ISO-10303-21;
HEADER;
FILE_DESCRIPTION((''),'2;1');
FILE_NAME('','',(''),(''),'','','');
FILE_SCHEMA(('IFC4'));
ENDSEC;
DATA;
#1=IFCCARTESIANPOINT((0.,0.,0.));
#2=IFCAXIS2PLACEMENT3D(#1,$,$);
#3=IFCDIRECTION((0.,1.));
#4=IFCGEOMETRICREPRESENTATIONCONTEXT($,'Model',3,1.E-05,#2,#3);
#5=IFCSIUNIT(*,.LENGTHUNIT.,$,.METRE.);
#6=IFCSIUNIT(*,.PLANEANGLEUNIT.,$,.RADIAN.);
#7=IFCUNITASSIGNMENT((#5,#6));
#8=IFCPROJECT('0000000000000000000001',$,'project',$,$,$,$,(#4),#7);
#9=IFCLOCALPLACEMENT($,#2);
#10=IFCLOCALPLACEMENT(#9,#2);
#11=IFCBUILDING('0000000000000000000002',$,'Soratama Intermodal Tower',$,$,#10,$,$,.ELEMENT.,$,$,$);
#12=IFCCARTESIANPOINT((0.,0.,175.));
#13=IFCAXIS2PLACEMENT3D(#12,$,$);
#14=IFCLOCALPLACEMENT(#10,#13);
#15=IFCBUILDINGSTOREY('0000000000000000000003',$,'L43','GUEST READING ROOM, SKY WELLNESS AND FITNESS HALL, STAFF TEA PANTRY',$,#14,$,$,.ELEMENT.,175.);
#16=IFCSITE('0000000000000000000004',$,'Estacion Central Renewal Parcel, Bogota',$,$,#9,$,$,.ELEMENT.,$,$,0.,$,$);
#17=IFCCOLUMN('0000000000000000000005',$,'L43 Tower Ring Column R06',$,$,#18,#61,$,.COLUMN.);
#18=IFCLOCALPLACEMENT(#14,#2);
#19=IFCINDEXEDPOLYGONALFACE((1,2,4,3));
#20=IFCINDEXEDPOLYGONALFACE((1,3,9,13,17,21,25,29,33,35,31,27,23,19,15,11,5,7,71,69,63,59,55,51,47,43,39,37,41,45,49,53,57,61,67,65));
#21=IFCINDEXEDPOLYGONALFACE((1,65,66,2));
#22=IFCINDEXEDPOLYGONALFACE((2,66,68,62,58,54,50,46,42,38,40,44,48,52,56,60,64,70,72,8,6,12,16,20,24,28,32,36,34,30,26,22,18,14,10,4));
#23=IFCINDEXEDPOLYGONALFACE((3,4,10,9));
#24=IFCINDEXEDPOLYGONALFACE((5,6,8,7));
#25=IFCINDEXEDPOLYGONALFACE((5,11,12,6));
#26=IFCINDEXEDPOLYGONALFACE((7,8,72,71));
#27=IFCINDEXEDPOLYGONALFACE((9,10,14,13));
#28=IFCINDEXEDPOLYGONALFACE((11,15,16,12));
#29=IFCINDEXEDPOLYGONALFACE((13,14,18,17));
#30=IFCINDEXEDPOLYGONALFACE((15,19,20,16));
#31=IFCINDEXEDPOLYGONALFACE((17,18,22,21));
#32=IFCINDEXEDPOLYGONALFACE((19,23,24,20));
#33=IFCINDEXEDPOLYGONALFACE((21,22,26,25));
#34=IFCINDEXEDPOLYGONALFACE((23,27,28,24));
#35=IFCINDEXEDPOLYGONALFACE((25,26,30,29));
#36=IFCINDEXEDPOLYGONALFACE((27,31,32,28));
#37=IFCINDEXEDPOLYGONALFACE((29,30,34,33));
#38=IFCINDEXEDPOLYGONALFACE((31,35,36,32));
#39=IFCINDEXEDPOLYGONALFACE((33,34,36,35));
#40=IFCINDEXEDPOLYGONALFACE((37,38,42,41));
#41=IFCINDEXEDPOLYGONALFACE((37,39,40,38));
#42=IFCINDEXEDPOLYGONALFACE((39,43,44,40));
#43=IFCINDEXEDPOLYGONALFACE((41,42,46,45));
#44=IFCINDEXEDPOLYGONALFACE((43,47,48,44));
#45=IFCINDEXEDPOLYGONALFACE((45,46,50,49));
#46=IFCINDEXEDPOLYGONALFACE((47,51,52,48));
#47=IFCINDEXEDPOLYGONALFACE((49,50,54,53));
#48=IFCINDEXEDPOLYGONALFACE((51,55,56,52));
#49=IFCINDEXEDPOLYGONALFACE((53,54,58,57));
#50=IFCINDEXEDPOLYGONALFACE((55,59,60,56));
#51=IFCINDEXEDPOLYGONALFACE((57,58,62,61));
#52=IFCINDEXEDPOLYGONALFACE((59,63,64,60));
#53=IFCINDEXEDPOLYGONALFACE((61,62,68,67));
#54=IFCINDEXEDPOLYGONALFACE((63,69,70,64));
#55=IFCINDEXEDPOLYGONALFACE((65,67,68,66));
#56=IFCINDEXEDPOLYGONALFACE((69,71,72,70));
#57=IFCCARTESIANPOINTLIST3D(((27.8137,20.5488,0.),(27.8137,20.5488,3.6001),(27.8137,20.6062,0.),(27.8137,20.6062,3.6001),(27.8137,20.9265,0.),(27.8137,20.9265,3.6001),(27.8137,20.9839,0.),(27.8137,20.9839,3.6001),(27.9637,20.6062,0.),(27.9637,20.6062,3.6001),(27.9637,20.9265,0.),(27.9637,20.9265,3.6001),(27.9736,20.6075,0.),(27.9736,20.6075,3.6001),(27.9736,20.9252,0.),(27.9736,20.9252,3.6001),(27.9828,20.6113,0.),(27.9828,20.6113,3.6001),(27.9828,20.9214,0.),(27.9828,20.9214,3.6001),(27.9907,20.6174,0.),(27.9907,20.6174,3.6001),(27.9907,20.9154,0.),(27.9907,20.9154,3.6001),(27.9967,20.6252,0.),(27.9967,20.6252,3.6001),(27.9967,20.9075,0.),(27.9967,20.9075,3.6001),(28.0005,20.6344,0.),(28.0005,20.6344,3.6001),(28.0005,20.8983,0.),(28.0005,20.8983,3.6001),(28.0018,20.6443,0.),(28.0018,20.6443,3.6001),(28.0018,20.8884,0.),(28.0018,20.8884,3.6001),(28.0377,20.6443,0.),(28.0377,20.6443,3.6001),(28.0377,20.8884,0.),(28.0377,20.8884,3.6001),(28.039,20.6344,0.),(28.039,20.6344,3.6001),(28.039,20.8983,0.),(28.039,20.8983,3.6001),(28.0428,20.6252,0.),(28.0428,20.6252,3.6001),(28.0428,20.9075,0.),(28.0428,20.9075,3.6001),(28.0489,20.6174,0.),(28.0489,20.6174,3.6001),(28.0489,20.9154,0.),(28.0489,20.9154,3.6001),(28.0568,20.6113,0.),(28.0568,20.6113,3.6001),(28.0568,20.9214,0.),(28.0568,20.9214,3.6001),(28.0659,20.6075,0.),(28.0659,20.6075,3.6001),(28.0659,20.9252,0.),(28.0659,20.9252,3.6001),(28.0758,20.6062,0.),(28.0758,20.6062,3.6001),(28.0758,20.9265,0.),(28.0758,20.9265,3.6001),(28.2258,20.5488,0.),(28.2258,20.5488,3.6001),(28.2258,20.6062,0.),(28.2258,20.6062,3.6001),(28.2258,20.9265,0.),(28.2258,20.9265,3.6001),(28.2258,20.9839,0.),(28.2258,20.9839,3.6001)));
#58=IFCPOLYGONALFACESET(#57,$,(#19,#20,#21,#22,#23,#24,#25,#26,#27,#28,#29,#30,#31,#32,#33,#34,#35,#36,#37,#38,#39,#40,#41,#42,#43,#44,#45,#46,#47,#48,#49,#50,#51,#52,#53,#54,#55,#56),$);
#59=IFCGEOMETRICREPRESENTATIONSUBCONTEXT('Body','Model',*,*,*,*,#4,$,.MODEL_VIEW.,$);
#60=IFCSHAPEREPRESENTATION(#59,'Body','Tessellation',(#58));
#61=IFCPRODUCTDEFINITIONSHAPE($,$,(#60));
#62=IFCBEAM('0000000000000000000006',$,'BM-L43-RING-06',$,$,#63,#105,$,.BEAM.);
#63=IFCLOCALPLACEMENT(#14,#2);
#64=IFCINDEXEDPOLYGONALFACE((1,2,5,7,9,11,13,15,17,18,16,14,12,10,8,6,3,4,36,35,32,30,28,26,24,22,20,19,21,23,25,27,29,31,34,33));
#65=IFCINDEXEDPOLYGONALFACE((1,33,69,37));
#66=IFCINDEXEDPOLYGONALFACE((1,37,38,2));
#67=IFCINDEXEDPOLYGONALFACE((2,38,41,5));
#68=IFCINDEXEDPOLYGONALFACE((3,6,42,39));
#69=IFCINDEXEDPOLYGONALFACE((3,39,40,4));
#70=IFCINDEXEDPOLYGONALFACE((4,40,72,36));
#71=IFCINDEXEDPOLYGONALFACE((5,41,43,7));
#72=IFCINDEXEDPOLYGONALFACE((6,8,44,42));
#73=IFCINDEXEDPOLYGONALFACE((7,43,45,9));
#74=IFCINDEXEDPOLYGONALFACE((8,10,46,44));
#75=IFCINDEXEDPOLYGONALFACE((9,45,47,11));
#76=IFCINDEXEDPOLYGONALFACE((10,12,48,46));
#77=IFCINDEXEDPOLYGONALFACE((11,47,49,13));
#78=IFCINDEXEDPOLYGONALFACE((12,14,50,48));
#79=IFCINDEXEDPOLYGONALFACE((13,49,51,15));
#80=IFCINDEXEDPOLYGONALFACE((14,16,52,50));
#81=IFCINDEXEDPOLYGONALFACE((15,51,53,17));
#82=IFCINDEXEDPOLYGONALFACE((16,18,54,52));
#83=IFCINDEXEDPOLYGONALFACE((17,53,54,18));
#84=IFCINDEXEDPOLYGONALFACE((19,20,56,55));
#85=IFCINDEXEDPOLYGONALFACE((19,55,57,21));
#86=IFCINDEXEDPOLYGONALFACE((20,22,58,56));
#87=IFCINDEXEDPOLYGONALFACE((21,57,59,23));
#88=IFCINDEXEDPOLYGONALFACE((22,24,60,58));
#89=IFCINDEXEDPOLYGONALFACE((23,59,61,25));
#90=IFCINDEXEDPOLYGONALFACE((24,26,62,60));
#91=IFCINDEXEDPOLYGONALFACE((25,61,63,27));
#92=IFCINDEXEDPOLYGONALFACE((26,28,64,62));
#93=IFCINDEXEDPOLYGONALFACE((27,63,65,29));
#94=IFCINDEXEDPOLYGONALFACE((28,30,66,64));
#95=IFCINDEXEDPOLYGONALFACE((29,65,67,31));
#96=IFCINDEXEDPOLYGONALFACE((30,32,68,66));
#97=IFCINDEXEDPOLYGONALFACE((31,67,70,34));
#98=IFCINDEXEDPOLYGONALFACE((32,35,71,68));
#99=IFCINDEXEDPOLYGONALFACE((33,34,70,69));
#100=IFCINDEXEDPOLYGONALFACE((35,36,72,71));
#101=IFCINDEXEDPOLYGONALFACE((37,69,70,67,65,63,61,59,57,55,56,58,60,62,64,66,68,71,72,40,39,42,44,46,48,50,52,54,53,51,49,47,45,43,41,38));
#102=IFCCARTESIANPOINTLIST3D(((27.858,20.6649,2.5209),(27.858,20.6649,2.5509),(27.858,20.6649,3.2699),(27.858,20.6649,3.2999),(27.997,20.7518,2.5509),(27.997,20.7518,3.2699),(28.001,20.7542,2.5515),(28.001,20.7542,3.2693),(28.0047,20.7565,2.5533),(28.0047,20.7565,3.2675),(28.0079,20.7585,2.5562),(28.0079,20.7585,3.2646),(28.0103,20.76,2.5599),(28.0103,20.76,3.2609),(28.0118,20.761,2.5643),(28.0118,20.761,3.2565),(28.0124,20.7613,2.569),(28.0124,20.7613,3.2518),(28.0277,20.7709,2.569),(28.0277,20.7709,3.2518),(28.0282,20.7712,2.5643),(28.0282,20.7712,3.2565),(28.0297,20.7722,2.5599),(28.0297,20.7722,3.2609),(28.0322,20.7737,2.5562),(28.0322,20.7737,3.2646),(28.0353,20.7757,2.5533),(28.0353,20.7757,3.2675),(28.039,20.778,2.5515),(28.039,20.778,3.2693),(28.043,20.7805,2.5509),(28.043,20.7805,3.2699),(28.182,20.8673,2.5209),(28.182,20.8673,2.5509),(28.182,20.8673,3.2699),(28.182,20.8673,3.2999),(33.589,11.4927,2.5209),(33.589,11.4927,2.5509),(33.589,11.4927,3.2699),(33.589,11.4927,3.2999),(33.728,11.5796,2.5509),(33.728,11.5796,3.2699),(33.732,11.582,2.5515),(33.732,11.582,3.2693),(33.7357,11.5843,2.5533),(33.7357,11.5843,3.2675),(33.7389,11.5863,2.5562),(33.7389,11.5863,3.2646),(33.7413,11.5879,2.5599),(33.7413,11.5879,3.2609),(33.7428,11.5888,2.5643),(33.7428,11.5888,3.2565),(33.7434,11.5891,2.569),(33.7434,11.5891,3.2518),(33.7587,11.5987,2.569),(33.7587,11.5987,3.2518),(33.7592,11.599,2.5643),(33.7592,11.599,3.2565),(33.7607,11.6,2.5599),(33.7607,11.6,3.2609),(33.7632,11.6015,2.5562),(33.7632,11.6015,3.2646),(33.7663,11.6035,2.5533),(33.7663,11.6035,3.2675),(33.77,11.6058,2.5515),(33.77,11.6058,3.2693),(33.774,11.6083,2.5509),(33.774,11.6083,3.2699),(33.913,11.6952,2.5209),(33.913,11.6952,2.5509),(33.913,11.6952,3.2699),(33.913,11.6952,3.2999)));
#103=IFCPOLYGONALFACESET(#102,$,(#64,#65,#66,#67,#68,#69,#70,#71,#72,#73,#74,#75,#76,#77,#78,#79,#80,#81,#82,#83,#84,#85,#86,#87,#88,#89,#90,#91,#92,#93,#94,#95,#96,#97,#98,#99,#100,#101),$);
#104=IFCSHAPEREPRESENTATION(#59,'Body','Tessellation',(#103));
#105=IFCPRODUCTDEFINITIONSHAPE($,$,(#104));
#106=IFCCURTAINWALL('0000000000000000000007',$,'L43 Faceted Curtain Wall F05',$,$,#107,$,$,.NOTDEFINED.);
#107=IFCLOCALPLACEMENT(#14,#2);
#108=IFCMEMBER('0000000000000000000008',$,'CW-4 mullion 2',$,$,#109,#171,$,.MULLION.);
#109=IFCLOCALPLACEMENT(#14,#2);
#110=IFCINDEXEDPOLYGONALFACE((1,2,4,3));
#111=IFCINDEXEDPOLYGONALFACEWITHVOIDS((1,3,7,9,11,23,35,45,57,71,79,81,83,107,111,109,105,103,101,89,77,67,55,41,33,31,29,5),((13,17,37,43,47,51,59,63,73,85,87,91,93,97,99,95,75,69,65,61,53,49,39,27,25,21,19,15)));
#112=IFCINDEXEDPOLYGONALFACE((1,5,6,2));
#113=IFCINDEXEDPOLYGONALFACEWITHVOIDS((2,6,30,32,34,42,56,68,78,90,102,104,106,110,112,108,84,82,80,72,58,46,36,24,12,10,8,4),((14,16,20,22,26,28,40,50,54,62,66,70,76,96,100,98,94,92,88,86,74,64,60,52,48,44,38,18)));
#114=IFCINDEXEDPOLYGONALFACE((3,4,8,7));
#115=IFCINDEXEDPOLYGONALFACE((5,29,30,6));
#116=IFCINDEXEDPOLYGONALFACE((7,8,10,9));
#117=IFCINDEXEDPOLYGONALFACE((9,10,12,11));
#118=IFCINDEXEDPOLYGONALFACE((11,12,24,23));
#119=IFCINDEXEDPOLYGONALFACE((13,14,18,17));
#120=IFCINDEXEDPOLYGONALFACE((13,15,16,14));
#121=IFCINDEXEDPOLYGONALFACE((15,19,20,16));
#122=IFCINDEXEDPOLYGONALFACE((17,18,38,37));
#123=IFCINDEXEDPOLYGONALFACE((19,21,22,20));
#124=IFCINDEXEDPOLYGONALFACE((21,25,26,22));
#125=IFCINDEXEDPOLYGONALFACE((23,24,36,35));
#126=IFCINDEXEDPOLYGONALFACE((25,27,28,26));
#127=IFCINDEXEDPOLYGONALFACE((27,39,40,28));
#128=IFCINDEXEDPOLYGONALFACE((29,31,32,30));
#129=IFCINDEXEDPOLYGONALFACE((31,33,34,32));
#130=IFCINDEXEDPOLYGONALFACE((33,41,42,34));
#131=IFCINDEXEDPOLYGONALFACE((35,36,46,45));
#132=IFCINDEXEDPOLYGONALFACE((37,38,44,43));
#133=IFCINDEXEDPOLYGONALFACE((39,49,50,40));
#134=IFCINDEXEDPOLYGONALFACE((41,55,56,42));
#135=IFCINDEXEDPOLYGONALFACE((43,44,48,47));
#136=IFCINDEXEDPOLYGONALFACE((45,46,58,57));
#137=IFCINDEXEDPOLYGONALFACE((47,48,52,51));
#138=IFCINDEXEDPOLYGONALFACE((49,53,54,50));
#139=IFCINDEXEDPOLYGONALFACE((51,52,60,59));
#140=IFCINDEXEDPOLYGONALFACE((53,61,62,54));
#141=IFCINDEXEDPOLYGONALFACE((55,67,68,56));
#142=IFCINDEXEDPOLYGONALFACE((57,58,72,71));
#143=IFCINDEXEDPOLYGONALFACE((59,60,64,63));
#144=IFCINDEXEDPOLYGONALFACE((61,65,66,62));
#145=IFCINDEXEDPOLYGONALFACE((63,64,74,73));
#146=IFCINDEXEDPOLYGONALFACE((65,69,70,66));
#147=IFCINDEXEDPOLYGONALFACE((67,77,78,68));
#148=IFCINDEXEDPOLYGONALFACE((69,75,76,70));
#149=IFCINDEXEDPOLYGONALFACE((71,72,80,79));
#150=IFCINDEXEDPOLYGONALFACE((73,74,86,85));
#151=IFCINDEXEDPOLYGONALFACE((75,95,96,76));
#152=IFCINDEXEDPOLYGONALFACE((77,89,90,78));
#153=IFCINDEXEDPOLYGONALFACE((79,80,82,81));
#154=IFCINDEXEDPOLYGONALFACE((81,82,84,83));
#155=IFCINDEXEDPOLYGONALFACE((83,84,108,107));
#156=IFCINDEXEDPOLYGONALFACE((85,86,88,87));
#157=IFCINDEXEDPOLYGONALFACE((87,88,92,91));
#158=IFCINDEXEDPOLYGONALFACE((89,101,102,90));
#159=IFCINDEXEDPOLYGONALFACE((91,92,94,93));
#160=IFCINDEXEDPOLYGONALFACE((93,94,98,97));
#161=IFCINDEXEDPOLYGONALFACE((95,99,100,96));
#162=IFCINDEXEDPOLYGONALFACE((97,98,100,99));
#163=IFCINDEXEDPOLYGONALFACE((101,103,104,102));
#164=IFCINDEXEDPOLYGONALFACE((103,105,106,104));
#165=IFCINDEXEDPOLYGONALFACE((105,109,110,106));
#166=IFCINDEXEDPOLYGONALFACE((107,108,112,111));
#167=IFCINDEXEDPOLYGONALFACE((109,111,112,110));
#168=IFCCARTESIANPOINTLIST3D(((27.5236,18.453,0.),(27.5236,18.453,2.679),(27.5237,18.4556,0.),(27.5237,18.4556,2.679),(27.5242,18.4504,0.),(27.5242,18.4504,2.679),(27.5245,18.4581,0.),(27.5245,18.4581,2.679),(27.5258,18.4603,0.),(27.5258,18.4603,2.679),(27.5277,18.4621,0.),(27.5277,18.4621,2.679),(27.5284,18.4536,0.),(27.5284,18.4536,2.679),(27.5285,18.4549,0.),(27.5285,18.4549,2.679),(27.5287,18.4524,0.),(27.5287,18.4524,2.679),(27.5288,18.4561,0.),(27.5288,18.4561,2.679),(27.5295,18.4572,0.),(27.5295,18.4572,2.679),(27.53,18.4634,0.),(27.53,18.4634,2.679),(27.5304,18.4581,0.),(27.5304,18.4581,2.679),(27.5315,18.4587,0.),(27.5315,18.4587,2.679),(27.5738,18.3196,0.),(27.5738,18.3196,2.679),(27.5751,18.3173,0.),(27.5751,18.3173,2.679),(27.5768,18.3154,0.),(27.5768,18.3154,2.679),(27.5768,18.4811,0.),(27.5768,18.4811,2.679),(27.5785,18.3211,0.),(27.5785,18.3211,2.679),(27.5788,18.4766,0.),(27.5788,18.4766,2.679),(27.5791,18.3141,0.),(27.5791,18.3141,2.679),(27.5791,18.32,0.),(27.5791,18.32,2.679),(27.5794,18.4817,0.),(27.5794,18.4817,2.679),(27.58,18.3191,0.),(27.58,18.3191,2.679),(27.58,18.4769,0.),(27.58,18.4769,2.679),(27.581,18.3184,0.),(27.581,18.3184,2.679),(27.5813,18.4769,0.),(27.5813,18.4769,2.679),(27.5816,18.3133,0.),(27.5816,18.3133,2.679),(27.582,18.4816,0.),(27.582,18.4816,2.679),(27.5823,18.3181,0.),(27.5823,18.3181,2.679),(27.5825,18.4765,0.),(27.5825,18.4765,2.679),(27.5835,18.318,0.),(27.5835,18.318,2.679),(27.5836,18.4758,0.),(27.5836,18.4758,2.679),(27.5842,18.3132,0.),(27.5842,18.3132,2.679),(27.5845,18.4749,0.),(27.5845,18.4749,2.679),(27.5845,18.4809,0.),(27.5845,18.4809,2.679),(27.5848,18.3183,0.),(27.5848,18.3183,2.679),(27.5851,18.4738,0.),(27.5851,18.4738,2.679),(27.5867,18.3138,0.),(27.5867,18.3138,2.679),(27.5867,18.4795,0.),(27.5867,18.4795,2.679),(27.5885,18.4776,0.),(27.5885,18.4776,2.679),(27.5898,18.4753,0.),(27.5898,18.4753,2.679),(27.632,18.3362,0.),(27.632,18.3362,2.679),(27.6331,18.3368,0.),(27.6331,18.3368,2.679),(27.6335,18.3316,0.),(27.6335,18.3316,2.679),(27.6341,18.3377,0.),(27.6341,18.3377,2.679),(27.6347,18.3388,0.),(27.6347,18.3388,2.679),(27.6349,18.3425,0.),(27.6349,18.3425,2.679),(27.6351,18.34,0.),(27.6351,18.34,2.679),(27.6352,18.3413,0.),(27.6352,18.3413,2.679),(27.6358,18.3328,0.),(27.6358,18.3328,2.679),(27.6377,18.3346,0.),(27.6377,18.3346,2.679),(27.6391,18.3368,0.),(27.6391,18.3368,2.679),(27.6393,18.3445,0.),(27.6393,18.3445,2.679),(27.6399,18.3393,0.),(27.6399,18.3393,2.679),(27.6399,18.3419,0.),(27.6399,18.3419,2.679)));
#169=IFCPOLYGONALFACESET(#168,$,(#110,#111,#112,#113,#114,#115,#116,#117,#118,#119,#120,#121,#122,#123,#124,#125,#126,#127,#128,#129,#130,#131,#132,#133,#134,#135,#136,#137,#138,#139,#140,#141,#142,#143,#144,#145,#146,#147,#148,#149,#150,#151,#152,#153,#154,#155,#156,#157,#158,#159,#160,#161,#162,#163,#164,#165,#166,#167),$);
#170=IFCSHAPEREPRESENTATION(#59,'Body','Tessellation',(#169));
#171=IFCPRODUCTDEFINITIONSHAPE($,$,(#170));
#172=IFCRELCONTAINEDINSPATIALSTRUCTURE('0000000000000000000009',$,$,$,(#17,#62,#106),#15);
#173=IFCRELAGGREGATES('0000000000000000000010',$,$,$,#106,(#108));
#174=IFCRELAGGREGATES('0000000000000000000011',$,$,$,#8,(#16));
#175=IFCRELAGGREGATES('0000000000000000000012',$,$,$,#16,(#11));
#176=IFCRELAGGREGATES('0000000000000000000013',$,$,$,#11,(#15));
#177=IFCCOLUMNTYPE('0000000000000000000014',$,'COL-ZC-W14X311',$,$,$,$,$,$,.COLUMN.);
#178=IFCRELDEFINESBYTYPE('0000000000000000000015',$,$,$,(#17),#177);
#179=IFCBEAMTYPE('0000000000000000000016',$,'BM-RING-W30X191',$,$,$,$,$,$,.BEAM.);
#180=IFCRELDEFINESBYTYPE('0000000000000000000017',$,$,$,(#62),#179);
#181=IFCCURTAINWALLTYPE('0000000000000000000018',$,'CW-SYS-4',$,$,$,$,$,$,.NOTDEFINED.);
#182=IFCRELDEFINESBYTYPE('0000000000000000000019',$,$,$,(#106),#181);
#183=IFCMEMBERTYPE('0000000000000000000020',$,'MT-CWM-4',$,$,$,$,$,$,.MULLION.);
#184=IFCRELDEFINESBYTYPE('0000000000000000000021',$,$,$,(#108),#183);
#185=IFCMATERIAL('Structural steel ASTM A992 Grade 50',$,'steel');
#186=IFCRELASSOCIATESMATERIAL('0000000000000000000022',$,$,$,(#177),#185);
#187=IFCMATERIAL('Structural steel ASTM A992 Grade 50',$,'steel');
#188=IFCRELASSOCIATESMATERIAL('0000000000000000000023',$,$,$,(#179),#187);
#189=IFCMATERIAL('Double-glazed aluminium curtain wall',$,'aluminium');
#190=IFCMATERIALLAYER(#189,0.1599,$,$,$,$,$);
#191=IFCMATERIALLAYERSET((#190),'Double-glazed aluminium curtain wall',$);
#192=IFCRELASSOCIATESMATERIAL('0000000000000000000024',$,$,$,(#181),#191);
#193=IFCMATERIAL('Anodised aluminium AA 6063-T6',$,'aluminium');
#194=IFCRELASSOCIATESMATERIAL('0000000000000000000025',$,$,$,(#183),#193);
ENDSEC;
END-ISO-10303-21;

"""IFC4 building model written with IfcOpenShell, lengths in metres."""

from ifc_helpers import new_model, si_unit, direction, frame, origin, origin_2d, place, context, subcontext, project, spatial, hollow_rectangle, i_section, extrude, material, layer, layer_set, material_profile, profile_set, type_object, element, aggregate, save


model = new_model("IFC4")

# Units and contexts
model_context = context("Model", 3, precision=1e-05, world=origin(), true_north=direction((0.0, 1.0)))
body_context = subcontext(model_context, "Body", "Model", "MODEL_VIEW")
ifc_project = project(units=[si_unit("LENGTHUNIT", "METRE"), si_unit("PLANEANGLEUNIT", "RADIAN")], contexts=[model_context])

# Site, building, storey
site_placement = place(None, origin())
site = spatial("IfcSite", under=ifc_project, at=site_placement, Name="Estacion Central Renewal Parcel, Bogota", CompositionType="ELEMENT", RefElevation=0.0)
building_placement = place(site_placement, origin())
building = spatial("IfcBuilding", under=site, at=building_placement, Name="Soratama Intermodal Tower", CompositionType="ELEMENT")
storey_placement = place(building_placement, frame((0.0, 0.0, 175.0)))
storey = spatial("IfcBuildingStorey", under=building, at=storey_placement, Name="L43", Description="GUEST READING ROOM, SKY WELLNESS AND FITNESS HALL, STAFF TEA PANTRY", CompositionType="ELEMENT", Elevation=175.0)

# Column
ifc_material_1 = material(Name="Structural steel ASTM A992 Grade 50", Category="steel")
ifc_material_profile_1 = material_profile(ifc_material_1, i_section(OverallWidth=0.4121, OverallDepth=0.4351, WebThickness=0.0359, FlangeThickness=0.0574, FilletRadius=0.0381, at=origin_2d()), Name="W14X311")
ifc_profile_set_1 = profile_set([ifc_material_profile_1], Name="Structural steel ASTM A992 Grade 50")
column_type = type_object("IfcColumnType", Name="COL-ZC-W14X311", PredefinedType="COLUMN", material=ifc_profile_set_1)
column_placement = place(storey_placement, frame((28.0198, 20.7664, 0.0), z_axis=(0.0, 0.0, 1.0), x_axis=(1.0, 0.0, 0.0)))
element("IfcColumn", 1, at=column_placement, inside=storey, type_object=column_type, Name="L43 Tower Ring Column R06", PredefinedType="COLUMN", context=body_context, shape_type="SweptSolid", body=[
    extrude(i_section(OverallWidth=0.4121, OverallDepth=0.4351, WebThickness=0.0359, FlangeThickness=0.0574, FilletRadius=0.0381, at=origin_2d()), origin(), (0.0, 0.0, 1.0), 3.6001),
])

# Beam
ifc_material_2 = material(Name="Structural steel ASTM A992 Grade 50", Category="steel")
ifc_material_profile_2 = material_profile(ifc_material_2, i_section(OverallWidth=0.3821, OverallDepth=0.7791, WebThickness=0.0181, FlangeThickness=0.03, FilletRadius=0.0181, at=origin_2d()), Name="W30X191")
ifc_profile_set_2 = profile_set([ifc_material_profile_2], Name="Structural steel ASTM A992 Grade 50")
beam_type = type_object("IfcBeamType", Name="BM-RING-W30X191", PredefinedType="BEAM", material=ifc_profile_set_2)
beam_placement = place(storey_placement, frame((28.02, 20.7661, 2.9104), z_axis=(0.529891, -0.848066, 0.0), x_axis=(0.848066, 0.529891, 0.0)))
element("IfcBeam", 2, at=beam_placement, inside=storey, type_object=beam_type, Name="BM-L43-RING-06", PredefinedType="BEAM", context=body_context, shape_type="SweptSolid", body=[
    extrude(i_section(OverallWidth=0.3821, OverallDepth=0.7791, WebThickness=0.0181, FlangeThickness=0.03, FilletRadius=0.0181, at=origin_2d()), origin(), (0.0, 0.0, 1.0), 10.8154),
])

# Curtain wall, member
ifc_material_3 = material(Name="Double-glazed aluminium curtain wall", Category="aluminium")
ifc_layer_1 = layer(ifc_material_3, 0.1599)
ifc_layer_set_1 = layer_set([ifc_layer_1], Name="Double-glazed aluminium curtain wall")
curtain_wall_type = type_object("IfcCurtainWallType", Name="CW-SYS-4", PredefinedType="NOTDEFINED", material=ifc_layer_set_1)
curtain_wall_placement = place(storey_placement, origin())
curtain_wall = element("IfcCurtainWall", 3, at=curtain_wall_placement, inside=storey, type_object=curtain_wall_type, Name="L43 Faceted Curtain Wall F05", PredefinedType="NOTDEFINED")
ifc_material_4 = material(Name="Anodised aluminium AA 6063-T6", Category="aluminium")
ifc_material_profile_3 = material_profile(ifc_material_4, hollow_rectangle(XDim=0.0701, YDim=0.1599, WallThickness=0.0049, InnerFilletRadius=0.0049, OuterFilletRadius=0.01, at=origin_2d()), Name="CWM160X70X5")
ifc_profile_set_3 = profile_set([ifc_material_profile_3], Name="Anodised aluminium AA 6063-T6")
member_type_1 = type_object("IfcMemberType", Name="MT-CWM-4", PredefinedType="MULLION", material=ifc_profile_set_3)
member_1_placement = place(storey_placement, frame((27.5818, 18.3975, 0.0), z_axis=(0.0, 0.0, 1.0), x_axis=(0.935071, 0.354462, 0.0)))
member_1 = element("IfcMember", 4, at=member_1_placement, type_object=member_type_1, Name="CW-4 mullion 2", PredefinedType="MULLION", context=body_context, shape_type="SweptSolid", body=[
    extrude(hollow_rectangle(XDim=0.0701, YDim=0.1599, WallThickness=0.0049, InnerFilletRadius=0.0049, OuterFilletRadius=0.01, at=origin_2d()), origin(), (0.0, 0.0, 1.0), 2.679),
])
aggregate(curtain_wall, [member_1])

save(model, "model.ifc")
